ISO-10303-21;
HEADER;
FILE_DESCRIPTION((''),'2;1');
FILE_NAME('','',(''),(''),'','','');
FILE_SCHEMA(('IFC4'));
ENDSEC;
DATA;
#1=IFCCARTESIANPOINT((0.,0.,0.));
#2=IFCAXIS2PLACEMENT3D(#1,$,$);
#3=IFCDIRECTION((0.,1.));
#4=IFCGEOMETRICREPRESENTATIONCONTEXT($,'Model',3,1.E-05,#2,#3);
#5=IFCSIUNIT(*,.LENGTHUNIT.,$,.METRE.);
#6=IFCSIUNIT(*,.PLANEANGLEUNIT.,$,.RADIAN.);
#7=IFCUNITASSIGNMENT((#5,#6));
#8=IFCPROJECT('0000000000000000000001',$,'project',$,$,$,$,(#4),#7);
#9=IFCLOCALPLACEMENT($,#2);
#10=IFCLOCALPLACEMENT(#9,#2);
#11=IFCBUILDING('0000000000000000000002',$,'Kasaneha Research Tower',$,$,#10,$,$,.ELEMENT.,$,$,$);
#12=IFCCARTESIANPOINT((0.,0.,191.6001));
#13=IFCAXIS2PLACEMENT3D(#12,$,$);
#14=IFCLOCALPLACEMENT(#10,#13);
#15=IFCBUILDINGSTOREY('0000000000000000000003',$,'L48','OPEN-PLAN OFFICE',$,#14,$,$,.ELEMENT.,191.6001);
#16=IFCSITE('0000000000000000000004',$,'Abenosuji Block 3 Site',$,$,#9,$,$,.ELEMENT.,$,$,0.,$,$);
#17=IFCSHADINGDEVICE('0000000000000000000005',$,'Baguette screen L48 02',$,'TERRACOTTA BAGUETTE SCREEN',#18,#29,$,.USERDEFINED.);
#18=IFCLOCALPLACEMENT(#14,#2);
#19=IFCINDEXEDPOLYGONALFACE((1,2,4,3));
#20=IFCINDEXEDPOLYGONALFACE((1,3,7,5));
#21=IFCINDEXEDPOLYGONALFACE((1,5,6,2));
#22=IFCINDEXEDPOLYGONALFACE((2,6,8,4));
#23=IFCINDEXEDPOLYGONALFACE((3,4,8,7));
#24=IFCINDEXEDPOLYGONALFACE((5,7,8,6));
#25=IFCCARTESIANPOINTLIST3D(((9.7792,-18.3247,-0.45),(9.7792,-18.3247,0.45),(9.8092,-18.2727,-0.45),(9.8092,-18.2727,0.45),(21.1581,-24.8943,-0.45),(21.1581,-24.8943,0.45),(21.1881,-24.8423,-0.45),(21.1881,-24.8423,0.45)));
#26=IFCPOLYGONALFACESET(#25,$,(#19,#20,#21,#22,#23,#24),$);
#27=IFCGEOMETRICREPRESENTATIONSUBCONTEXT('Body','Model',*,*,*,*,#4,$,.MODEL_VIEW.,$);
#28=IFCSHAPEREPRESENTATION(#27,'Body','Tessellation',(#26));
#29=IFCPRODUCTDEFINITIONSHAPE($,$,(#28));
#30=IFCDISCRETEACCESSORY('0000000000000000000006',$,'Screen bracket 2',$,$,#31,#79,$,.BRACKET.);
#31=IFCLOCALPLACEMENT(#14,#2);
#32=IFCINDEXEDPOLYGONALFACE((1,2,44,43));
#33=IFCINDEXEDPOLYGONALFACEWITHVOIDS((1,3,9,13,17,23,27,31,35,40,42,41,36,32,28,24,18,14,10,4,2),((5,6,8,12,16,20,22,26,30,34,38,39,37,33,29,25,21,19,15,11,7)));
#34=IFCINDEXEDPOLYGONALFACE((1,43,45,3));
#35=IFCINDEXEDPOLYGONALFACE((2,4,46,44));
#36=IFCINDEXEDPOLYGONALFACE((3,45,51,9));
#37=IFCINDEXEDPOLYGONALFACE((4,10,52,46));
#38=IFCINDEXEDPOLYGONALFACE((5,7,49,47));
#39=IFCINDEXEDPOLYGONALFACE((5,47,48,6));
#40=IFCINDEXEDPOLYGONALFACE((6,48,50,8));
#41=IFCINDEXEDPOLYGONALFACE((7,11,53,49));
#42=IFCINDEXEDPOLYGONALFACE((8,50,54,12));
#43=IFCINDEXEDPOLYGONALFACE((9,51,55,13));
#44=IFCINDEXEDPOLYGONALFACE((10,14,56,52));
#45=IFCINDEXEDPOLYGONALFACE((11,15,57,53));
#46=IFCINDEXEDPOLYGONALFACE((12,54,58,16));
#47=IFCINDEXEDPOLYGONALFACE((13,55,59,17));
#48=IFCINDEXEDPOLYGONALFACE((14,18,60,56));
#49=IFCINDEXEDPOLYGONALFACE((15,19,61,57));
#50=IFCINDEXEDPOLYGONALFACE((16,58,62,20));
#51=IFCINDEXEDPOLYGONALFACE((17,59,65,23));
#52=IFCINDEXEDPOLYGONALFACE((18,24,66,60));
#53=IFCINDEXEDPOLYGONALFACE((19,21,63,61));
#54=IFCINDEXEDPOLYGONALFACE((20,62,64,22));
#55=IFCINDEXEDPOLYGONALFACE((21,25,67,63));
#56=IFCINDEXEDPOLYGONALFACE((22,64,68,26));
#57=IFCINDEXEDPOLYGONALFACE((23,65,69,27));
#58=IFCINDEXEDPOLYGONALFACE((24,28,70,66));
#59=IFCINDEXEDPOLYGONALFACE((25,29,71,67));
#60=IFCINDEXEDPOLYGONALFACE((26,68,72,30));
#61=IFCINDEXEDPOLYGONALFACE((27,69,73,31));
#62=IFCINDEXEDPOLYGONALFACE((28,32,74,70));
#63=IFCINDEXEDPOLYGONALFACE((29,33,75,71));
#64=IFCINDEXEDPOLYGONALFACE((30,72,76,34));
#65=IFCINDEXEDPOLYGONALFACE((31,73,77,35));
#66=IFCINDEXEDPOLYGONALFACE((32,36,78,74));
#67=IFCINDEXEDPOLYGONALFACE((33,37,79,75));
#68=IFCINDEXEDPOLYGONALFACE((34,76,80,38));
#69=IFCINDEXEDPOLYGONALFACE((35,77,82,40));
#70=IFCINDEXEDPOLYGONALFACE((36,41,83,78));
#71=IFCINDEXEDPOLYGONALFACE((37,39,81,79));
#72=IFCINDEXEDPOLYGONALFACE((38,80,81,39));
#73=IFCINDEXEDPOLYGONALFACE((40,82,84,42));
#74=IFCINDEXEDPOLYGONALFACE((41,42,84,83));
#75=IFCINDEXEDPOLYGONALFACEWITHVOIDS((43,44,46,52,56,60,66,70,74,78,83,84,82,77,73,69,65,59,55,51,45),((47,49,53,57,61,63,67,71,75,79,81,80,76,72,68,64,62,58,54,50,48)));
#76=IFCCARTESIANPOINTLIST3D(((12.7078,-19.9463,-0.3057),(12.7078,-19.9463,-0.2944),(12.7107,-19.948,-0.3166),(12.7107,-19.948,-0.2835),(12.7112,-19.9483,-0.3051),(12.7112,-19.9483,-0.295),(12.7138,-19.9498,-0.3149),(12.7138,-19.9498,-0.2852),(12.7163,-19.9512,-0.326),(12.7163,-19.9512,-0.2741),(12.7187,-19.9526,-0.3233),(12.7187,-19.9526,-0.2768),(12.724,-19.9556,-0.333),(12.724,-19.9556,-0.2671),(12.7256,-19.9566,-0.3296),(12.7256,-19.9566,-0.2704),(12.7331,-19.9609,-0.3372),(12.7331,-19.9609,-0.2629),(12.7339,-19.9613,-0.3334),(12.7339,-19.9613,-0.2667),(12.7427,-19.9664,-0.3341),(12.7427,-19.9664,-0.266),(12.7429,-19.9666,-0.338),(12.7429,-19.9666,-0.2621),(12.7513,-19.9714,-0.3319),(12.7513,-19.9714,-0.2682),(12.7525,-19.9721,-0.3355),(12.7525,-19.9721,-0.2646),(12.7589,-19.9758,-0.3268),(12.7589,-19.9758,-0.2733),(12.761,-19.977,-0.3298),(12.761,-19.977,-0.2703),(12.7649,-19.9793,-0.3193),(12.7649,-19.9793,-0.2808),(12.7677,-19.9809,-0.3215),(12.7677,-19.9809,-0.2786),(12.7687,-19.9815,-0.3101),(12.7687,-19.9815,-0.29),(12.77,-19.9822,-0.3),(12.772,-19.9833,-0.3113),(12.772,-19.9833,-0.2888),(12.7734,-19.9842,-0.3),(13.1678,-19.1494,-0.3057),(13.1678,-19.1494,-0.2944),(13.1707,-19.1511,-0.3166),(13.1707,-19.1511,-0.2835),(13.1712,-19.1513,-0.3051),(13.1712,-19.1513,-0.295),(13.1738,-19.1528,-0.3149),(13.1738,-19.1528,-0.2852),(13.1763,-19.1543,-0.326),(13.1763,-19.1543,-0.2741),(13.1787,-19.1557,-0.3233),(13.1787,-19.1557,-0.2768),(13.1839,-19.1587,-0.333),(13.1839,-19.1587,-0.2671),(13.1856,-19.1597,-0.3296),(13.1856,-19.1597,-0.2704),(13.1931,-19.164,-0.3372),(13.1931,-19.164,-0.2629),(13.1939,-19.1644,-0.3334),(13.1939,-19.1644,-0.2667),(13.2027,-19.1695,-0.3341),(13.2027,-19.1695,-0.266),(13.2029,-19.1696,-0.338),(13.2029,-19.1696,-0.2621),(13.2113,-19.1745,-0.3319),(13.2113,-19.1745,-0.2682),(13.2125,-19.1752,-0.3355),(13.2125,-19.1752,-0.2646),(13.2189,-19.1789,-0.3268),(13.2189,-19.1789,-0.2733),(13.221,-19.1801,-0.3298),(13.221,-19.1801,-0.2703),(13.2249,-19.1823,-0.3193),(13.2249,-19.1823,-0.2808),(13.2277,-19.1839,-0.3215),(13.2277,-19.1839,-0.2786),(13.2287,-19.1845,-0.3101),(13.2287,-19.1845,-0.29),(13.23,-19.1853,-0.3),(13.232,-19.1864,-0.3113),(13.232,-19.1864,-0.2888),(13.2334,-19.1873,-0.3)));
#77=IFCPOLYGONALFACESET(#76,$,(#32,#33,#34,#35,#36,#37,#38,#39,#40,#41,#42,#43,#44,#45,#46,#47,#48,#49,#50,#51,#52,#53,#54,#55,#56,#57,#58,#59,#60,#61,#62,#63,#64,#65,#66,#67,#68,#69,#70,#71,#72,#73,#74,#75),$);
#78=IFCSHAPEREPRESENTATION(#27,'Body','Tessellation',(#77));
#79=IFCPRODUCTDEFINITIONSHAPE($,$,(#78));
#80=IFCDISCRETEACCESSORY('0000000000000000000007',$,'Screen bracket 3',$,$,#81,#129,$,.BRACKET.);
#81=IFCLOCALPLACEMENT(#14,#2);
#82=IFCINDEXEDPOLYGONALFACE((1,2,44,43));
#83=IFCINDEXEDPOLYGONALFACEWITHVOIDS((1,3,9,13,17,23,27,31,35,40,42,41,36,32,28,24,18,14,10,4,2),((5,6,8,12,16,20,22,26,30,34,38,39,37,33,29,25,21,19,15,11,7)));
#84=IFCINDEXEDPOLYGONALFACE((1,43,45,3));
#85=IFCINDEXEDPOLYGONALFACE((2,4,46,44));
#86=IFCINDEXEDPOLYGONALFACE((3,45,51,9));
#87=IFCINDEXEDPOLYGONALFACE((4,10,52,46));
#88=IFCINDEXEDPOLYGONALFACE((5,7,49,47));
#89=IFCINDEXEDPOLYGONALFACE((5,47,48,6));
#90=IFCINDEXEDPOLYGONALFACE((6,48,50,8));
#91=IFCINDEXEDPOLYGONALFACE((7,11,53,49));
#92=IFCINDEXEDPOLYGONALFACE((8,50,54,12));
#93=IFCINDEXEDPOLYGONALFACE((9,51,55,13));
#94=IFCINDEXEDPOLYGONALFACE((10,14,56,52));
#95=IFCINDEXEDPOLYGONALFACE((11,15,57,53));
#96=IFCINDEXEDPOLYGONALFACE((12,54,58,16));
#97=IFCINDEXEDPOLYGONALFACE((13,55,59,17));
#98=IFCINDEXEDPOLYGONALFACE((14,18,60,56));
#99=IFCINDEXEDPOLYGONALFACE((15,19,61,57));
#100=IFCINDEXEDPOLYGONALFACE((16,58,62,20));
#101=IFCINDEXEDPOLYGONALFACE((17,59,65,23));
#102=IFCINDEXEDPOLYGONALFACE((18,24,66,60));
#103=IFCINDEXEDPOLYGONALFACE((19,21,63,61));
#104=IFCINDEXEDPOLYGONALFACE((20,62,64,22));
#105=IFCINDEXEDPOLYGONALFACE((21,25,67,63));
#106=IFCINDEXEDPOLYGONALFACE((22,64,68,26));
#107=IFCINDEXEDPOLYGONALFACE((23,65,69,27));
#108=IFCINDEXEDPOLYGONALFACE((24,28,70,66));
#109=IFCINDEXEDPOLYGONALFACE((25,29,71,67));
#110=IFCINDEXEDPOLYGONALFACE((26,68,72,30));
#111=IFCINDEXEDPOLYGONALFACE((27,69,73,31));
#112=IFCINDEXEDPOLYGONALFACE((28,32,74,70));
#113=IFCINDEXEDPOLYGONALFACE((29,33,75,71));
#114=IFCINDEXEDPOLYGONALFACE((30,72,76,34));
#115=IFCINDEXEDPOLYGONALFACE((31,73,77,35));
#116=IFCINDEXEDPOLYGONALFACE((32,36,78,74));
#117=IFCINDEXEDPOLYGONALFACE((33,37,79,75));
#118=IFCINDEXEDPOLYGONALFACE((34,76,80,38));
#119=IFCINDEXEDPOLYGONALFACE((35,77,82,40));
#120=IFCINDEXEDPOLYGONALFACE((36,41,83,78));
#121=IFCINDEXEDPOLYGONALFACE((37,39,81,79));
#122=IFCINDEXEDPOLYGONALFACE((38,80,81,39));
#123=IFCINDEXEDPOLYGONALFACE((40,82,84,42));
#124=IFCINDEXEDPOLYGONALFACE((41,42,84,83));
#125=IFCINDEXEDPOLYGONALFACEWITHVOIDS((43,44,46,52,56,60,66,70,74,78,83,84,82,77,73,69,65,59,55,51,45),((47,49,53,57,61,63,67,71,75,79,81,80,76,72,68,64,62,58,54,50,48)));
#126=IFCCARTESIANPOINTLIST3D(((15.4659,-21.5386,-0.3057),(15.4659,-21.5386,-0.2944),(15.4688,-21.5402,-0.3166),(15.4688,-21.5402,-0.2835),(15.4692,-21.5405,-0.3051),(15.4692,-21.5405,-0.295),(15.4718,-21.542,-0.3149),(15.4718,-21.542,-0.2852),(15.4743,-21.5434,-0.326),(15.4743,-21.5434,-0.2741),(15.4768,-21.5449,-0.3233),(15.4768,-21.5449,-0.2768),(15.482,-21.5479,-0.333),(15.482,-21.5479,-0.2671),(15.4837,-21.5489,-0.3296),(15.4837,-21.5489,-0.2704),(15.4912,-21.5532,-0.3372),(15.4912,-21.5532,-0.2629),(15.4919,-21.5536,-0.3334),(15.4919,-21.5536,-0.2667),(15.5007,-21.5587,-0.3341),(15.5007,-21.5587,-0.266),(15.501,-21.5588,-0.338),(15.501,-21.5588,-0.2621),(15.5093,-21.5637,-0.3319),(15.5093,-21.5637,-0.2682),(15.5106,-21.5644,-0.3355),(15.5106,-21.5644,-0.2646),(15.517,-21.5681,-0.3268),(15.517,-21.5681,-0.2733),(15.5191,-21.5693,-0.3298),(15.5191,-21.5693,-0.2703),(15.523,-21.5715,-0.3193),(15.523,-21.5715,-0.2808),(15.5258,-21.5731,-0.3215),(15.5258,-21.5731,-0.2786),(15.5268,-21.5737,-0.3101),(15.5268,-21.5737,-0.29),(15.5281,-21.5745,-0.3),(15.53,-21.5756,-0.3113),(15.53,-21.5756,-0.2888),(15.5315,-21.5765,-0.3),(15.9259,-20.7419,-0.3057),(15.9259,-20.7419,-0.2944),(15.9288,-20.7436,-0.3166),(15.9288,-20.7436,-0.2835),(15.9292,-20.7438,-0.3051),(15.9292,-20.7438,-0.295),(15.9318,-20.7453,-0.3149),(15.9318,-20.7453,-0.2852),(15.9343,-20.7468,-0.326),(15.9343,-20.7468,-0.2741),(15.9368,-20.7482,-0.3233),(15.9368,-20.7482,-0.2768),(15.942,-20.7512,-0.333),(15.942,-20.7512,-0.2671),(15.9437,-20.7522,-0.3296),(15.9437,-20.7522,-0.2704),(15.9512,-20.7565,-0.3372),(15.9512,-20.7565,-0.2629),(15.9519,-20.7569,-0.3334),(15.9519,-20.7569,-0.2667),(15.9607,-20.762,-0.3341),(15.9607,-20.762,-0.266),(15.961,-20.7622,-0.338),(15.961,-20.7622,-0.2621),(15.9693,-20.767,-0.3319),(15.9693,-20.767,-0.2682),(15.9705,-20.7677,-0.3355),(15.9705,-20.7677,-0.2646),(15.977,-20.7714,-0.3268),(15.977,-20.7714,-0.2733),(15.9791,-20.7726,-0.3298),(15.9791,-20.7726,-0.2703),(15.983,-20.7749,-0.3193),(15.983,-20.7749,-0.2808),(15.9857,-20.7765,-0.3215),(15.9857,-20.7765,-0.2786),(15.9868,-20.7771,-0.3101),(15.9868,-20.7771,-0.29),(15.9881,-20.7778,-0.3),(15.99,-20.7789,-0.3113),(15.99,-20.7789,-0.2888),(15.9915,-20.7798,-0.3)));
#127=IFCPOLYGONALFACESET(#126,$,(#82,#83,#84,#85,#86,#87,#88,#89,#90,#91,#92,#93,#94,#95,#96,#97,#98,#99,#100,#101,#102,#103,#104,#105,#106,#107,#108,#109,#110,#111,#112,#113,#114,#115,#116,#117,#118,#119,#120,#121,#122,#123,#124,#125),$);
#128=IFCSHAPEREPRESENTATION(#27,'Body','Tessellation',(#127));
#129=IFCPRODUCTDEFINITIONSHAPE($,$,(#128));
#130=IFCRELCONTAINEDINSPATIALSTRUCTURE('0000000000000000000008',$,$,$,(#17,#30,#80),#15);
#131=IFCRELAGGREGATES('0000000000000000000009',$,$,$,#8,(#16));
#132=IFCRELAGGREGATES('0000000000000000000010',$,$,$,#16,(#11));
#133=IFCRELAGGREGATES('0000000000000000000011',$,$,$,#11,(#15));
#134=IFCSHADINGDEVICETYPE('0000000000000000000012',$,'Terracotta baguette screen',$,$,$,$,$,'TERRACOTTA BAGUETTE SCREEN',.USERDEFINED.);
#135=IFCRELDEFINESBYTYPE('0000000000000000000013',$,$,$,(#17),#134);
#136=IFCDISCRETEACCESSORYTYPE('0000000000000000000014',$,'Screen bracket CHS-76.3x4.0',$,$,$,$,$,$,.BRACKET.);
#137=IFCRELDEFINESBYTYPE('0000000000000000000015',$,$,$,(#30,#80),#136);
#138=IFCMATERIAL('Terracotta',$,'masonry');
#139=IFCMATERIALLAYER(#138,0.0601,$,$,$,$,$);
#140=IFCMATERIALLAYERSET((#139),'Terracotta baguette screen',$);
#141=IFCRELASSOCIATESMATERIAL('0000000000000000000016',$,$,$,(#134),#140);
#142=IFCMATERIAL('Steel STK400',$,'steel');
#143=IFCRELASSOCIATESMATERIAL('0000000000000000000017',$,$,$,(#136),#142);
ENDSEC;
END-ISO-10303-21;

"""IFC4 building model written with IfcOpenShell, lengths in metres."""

from ifc_helpers import new_model, si_unit, direction, frame, origin, origin_2d, place, context, subcontext, project, spatial, rectangle, hollow_circle, extrude, material, layer, layer_set, material_profile, profile_set, type_object, element, save


model = new_model("IFC4")

# Units and contexts
model_context = context("Model", 3, precision=1e-05, world=origin(), true_north=direction((0.0, 1.0)))
body_context = subcontext(model_context, "Body", "Model", "MODEL_VIEW")
ifc_project = project(units=[si_unit("LENGTHUNIT", "METRE"), si_unit("PLANEANGLEUNIT", "RADIAN")], contexts=[model_context])

# Site, building, storey
site_placement = place(None, origin())
site = spatial("IfcSite", under=ifc_project, at=site_placement, Name="Abenosuji Block 3 Site", CompositionType="ELEMENT", RefElevation=0.0)
building_placement = place(site_placement, origin())
building = spatial("IfcBuilding", under=site, at=building_placement, Name="Kasaneha Research Tower", CompositionType="ELEMENT")
storey_placement = place(building_placement, frame((0.0, 0.0, 191.6001)))
storey = spatial("IfcBuildingStorey", under=building, at=storey_placement, Name="L48", Description="OPEN-PLAN OFFICE", CompositionType="ELEMENT", Elevation=191.6001)

# Shading device
ifc_material_1 = material(Name="Terracotta", Category="masonry")
ifc_layer_1 = layer(ifc_material_1, 0.0601)
ifc_layer_set_1 = layer_set([ifc_layer_1], Name="Terracotta baguette screen")
shading_device_type = type_object("IfcShadingDeviceType", Name="Terracotta baguette screen", ElementType="TERRACOTTA BAGUETTE SCREEN", PredefinedType="USERDEFINED", material=ifc_layer_set_1)
shading_device_placement = place(storey_placement, frame((15.4836, -21.5835, -0.45), z_axis=(0.0, 0.0, 1.0), x_axis=(0.866025, -0.5, 0.0)))
element("IfcShadingDevice", 1, at=shading_device_placement, inside=storey, type_object=shading_device_type, Name="Baguette screen L48 02", ObjectType="TERRACOTTA BAGUETTE SCREEN", PredefinedType="USERDEFINED", context=body_context, shape_type="SweptSolid", body=[
    extrude(rectangle(XDim=13.1392, YDim=0.0601, at=origin_2d()), origin(), (0.0, 0.0, 1.0), 0.8999),
])

# Discrete accessories
ifc_material_2 = material(Name="Steel STK400", Category="steel")
ifc_material_profile_1 = material_profile(ifc_material_2, hollow_circle(Radius=0.0381, WallThickness=0.0039, at=origin_2d()), Name="CHS-76.3x4.0")
ifc_profile_set_1 = profile_set([ifc_material_profile_1], Name="Steel STK400")
discrete_accessory_type = type_object("IfcDiscreteAccessoryType", Name="Screen bracket CHS-76.3x4.0", PredefinedType="BRACKET", material=ifc_profile_set_1)
discrete_accessory_1_placement = place(storey_placement, frame((13.2004, -19.1682, -0.3), z_axis=(-0.499906, -0.86608, 0.0), x_axis=(0.86608, -0.499906, 0.0)))
element("IfcDiscreteAccessory", 2, at=discrete_accessory_1_placement, inside=storey, type_object=discrete_accessory_type, Name="Screen bracket 2", PredefinedType="BRACKET", context=body_context, shape_type="SweptSolid", body=[
    extrude(hollow_circle(Radius=0.0381, WallThickness=0.0039, at=origin_2d()), origin(), (0.0, 0.0, 1.0), 0.9202),
])
discrete_accessory_2_placement = place(storey_placement, frame((15.9585, -20.7607, -0.3), z_axis=(-0.500021, -0.866013, 0.0), x_axis=(0.866013, -0.500021, 0.0)))
element("IfcDiscreteAccessory", 3, at=discrete_accessory_2_placement, inside=storey, type_object=discrete_accessory_type, Name="Screen bracket 3", PredefinedType="BRACKET", context=body_context, shape_type="SweptSolid", body=[
    extrude(hollow_circle(Radius=0.0381, WallThickness=0.0039, at=origin_2d()), origin(), (0.0, 0.0, 1.0), 0.9199),
])

save(model, "model.ifc")
